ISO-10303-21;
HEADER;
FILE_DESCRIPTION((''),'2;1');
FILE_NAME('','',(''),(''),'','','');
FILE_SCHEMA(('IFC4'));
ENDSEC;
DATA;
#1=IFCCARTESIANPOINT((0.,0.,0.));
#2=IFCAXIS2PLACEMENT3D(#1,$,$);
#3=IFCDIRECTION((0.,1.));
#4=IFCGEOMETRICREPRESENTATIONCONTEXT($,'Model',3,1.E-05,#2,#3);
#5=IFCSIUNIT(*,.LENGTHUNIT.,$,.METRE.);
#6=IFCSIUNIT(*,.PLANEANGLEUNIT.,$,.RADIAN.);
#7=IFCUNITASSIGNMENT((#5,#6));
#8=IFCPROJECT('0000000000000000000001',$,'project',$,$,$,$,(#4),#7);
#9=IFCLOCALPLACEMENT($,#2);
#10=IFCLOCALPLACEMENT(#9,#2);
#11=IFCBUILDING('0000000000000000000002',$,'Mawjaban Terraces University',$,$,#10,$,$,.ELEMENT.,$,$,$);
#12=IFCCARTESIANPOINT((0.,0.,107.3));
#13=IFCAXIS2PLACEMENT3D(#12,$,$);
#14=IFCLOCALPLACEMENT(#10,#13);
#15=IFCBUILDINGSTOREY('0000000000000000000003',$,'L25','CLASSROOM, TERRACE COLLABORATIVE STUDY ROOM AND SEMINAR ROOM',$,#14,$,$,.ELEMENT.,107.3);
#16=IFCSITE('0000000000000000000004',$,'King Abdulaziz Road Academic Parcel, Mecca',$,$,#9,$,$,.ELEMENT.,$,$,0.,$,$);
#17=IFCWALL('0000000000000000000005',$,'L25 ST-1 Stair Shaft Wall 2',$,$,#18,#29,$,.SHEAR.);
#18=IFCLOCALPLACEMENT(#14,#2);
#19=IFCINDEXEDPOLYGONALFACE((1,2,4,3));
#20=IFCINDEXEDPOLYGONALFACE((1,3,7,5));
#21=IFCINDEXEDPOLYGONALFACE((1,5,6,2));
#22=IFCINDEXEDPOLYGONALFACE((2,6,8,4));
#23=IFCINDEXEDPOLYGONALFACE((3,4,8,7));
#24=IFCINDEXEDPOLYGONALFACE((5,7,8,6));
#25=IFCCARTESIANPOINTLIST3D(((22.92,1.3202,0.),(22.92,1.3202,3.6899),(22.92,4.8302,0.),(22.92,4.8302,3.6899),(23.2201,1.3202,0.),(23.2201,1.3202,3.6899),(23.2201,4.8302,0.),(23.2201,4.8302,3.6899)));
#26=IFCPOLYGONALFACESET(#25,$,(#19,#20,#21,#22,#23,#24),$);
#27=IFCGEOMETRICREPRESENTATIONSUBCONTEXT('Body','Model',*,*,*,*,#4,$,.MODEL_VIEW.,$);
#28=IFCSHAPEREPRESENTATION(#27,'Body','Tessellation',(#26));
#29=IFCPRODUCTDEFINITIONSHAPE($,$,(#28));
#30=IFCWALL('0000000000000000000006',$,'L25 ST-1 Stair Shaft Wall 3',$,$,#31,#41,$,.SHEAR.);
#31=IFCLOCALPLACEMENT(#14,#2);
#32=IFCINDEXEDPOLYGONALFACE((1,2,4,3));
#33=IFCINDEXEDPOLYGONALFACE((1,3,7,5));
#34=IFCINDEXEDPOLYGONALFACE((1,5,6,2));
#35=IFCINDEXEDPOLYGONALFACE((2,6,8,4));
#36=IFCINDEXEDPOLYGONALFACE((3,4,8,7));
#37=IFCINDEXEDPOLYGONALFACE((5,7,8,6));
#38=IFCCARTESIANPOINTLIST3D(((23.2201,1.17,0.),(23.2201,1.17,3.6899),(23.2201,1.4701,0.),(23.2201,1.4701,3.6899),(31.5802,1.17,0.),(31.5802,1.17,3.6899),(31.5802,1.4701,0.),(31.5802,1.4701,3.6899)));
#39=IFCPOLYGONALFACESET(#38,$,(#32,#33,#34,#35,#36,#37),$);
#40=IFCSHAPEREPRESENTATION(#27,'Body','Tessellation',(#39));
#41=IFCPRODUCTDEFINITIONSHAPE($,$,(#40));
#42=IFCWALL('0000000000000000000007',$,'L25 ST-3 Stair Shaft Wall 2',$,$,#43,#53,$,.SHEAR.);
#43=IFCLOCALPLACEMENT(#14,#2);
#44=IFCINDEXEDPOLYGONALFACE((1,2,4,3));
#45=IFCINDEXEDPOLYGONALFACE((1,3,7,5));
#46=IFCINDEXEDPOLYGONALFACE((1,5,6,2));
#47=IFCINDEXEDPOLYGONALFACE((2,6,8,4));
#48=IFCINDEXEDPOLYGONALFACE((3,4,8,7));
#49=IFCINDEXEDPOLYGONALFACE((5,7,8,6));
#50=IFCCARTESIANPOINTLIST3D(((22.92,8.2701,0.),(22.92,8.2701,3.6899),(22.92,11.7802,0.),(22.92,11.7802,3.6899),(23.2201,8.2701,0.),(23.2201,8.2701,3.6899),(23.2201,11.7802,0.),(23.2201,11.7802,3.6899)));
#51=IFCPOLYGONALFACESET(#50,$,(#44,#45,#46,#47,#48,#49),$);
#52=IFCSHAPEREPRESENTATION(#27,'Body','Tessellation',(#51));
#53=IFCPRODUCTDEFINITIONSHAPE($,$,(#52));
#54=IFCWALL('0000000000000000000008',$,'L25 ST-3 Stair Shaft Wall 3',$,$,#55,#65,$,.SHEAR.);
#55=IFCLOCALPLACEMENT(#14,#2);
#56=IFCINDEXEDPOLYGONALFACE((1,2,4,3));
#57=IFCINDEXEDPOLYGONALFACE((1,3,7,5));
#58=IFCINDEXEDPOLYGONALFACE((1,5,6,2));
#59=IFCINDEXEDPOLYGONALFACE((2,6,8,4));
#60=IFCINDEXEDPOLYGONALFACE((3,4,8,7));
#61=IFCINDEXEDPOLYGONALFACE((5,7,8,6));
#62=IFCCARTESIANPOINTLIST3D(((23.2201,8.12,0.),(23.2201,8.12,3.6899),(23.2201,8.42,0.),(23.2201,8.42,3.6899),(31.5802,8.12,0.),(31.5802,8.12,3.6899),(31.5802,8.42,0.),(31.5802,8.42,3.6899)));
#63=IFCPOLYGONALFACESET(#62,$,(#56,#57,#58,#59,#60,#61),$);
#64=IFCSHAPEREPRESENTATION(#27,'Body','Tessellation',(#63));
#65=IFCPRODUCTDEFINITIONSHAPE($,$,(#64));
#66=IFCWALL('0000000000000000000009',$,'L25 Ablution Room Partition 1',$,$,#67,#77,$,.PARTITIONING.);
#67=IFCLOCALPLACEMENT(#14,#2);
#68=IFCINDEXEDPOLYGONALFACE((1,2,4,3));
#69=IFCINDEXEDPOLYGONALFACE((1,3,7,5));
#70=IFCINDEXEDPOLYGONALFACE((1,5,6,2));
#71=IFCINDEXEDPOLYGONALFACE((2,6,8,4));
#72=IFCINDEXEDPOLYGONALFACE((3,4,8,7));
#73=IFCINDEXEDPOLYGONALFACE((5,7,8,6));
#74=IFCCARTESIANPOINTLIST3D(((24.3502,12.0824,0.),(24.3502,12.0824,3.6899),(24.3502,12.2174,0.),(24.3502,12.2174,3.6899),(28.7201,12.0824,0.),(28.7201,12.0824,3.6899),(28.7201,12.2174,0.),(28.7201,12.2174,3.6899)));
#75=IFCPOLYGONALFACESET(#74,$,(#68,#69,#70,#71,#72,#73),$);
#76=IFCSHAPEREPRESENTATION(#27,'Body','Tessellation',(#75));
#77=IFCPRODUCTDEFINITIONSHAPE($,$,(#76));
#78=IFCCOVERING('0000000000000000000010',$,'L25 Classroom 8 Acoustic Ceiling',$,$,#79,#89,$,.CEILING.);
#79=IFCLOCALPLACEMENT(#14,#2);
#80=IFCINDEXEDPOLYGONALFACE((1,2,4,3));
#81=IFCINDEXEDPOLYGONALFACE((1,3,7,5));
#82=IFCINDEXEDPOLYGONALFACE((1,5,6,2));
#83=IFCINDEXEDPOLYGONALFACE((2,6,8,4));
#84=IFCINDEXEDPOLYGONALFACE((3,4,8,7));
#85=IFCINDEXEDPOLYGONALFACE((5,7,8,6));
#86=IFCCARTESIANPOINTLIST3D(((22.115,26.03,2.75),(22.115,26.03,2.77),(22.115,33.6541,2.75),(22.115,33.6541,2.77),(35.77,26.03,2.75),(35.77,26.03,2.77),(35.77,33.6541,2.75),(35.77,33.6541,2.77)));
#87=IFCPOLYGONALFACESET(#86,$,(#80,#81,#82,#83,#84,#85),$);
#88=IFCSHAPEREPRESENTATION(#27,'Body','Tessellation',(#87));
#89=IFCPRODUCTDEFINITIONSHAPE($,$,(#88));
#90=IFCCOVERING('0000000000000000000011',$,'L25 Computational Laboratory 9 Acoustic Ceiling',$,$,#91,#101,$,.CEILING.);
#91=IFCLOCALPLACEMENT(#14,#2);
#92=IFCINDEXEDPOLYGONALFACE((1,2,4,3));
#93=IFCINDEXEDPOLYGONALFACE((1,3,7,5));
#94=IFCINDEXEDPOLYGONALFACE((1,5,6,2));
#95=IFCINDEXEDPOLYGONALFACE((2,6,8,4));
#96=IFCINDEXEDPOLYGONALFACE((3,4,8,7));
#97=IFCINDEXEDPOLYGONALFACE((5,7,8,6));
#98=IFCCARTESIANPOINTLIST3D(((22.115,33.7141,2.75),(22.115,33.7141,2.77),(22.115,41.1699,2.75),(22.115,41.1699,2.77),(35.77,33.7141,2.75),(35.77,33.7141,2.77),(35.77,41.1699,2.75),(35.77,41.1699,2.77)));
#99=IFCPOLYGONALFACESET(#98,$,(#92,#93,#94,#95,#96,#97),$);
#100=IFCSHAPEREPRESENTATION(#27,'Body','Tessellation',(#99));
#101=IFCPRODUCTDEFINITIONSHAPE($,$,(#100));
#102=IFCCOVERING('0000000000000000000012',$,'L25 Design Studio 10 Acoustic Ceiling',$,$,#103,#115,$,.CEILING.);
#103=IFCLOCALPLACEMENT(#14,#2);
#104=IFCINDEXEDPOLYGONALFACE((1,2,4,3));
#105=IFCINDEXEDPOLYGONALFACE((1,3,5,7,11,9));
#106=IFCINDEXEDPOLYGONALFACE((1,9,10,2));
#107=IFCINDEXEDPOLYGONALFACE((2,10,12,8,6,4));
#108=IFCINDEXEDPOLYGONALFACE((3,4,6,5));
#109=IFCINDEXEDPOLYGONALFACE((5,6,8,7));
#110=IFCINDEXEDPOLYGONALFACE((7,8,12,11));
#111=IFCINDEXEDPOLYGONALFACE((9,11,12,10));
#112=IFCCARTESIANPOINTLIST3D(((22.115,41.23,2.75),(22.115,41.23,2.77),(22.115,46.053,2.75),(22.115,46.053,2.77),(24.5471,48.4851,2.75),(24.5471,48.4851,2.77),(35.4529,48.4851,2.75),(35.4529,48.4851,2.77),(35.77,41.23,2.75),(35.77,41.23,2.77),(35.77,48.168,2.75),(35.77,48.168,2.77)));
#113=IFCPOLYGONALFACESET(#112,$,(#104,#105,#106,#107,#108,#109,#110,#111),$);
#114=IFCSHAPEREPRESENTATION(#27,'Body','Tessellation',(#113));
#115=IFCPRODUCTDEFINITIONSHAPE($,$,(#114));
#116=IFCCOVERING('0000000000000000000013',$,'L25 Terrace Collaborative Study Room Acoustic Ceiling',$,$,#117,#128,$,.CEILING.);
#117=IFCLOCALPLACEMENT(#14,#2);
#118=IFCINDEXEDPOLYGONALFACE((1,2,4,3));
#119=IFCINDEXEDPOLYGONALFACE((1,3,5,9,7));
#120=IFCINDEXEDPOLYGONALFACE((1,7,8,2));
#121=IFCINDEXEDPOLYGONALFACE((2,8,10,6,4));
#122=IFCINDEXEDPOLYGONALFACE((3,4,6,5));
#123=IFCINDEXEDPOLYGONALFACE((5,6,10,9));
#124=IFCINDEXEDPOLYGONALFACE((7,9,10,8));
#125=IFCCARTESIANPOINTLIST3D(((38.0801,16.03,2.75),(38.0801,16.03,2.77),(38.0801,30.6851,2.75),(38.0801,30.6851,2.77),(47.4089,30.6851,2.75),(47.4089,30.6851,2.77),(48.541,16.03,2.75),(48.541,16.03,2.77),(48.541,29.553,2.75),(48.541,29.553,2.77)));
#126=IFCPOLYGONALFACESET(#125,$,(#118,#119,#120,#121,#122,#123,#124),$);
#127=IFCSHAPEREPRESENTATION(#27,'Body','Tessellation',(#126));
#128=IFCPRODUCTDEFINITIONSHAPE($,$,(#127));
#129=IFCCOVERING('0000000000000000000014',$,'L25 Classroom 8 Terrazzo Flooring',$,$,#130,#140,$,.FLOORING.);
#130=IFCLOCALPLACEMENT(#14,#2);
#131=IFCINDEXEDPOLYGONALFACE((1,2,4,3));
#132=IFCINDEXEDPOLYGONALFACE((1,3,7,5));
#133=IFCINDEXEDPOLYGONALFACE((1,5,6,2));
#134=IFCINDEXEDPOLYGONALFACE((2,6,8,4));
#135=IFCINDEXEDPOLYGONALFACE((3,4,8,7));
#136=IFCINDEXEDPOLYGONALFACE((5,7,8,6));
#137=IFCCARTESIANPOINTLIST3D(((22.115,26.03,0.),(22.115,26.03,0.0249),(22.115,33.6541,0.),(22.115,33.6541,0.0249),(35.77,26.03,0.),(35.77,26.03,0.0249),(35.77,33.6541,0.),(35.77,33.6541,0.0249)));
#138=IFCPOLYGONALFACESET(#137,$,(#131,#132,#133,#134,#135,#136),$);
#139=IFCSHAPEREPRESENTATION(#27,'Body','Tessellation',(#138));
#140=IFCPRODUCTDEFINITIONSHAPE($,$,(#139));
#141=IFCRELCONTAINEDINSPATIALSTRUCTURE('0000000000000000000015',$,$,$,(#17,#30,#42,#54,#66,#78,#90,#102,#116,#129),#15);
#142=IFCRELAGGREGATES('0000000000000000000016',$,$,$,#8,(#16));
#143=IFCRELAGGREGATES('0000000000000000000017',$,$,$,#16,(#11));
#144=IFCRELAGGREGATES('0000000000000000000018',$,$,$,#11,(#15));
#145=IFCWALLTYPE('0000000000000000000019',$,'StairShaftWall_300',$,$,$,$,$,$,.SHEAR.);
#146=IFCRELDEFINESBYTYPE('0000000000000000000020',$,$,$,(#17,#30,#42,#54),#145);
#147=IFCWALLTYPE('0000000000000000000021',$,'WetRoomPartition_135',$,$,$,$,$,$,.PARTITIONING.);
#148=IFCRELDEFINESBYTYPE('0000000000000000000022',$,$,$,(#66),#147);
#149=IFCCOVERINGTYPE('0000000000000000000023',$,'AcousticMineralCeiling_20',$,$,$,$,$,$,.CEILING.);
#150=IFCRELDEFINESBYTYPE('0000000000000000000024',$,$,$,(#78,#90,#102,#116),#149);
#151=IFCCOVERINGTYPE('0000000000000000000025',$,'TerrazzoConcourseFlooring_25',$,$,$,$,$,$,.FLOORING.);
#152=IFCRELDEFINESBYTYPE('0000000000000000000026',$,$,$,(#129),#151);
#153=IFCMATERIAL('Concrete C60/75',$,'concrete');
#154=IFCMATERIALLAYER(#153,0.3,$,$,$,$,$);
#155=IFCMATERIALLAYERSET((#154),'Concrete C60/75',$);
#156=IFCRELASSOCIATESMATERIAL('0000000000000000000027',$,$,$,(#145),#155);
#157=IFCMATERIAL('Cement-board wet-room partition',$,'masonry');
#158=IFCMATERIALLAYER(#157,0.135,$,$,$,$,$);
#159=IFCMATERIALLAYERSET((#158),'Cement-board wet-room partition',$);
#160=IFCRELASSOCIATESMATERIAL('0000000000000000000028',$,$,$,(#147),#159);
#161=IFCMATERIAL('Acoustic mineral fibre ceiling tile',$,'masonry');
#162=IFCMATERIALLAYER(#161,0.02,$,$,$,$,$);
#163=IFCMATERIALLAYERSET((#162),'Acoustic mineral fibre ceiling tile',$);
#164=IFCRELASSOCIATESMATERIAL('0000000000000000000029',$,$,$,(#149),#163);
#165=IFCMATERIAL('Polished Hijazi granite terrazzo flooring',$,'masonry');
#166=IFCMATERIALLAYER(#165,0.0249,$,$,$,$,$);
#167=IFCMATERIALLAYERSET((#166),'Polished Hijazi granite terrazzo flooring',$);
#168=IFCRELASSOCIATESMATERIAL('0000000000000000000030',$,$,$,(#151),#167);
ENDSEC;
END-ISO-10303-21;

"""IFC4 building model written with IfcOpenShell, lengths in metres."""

from ifc_helpers import new_model, si_unit, direction, frame, frame_2d, origin, place, context, subcontext, project, spatial, polyline, rectangle, outline, extrude, material, layer, layer_set, type_object, element, save


model = new_model("IFC4")

# Units and contexts
model_context = context("Model", 3, precision=1e-05, world=origin(), true_north=direction((0.0, 1.0)))
body_context = subcontext(model_context, "Body", "Model", "MODEL_VIEW")
ifc_project = project(units=[si_unit("LENGTHUNIT", "METRE"), si_unit("PLANEANGLEUNIT", "RADIAN")], contexts=[model_context])

# Site, building, storey
site_placement = place(None, origin())
site = spatial("IfcSite", under=ifc_project, at=site_placement, Name="King Abdulaziz Road Academic Parcel, Mecca", CompositionType="ELEMENT", RefElevation=0.0)
building_placement = place(site_placement, origin())
building = spatial("IfcBuilding", under=site, at=building_placement, Name="Mawjaban Terraces University", CompositionType="ELEMENT")
storey_placement = place(building_placement, frame((0.0, 0.0, 107.3)))
storey = spatial("IfcBuildingStorey", under=building, at=storey_placement, Name="L25", Description="CLASSROOM, TERRACE COLLABORATIVE STUDY ROOM AND SEMINAR ROOM", CompositionType="ELEMENT", Elevation=107.3)

# Shared definitions
ifc_material_1 = material(Name="Concrete C60/75", Category="concrete")

# Walls
ifc_layer_1 = layer(ifc_material_1, 0.3)
ifc_layer_set_1 = layer_set([ifc_layer_1], Name="Concrete C60/75")
wall_type_1 = type_object("IfcWallType", Name="StairShaftWall_300", PredefinedType="SHEAR", material=ifc_layer_set_1)
wall_1_placement = place(storey_placement, frame((23.0701, 4.8301, 0.0), z_axis=(0.0, 0.0, 1.0), x_axis=(0.0, -1.0, 0.0)))
element("IfcWall", 1, at=wall_1_placement, inside=storey, type_object=wall_type_1, Name="L25 ST-1 Stair Shaft Wall 2", PredefinedType="SHEAR", context=body_context, shape_type="SweptSolid", body=[
    extrude(rectangle(XDim=3.51, YDim=0.3, at=frame_2d((1.7549, 0.0))), origin(), (0.0, 0.0, 1.0), 3.6899),
])
wall_2_placement = place(storey_placement, frame((23.22, 1.3201, 0.0), z_axis=(0.0, 0.0, 1.0), x_axis=(1.0, 0.0, 0.0)))
element("IfcWall", 2, at=wall_2_placement, inside=storey, type_object=wall_type_1, Name="L25 ST-1 Stair Shaft Wall 3", PredefinedType="SHEAR", context=body_context, shape_type="SweptSolid", body=[
    extrude(rectangle(XDim=8.3601, YDim=0.3, at=frame_2d((4.1802, 0.0))), origin(), (0.0, 0.0, 1.0), 3.6899),
])
wall_3_placement = place(storey_placement, frame((23.0701, 11.78, 0.0), z_axis=(0.0, 0.0, 1.0), x_axis=(0.0, -1.0, 0.0)))
element("IfcWall", 3, at=wall_3_placement, inside=storey, type_object=wall_type_1, Name="L25 ST-3 Stair Shaft Wall 2", PredefinedType="SHEAR", context=body_context, shape_type="SweptSolid", body=[
    extrude(rectangle(XDim=3.51, YDim=0.3, at=frame_2d((1.7549, 0.0))), origin(), (0.0, 0.0, 1.0), 3.6899),
])
wall_4_placement = place(storey_placement, frame((23.22, 8.27, 0.0), z_axis=(0.0, 0.0, 1.0), x_axis=(1.0, 0.0, 0.0)))
element("IfcWall", 4, at=wall_4_placement, inside=storey, type_object=wall_type_1, Name="L25 ST-3 Stair Shaft Wall 3", PredefinedType="SHEAR", context=body_context, shape_type="SweptSolid", body=[
    extrude(rectangle(XDim=8.3601, YDim=0.3, at=frame_2d((4.1802, 0.0))), origin(), (0.0, 0.0, 1.0), 3.6899),
])
ifc_material_2 = material(Name="Cement-board wet-room partition", Category="masonry")
ifc_layer_2 = layer(ifc_material_2, 0.135)
ifc_layer_set_2 = layer_set([ifc_layer_2], Name="Cement-board wet-room partition")
wall_type_2 = type_object("IfcWallType", Name="WetRoomPartition_135", PredefinedType="PARTITIONING", material=ifc_layer_set_2)
wall_5_placement = place(storey_placement, frame((24.3501, 12.1499, 0.0), z_axis=(0.0, 0.0, 1.0), x_axis=(1.0, 0.0, 0.0)))
element("IfcWall", 5, at=wall_5_placement, inside=storey, type_object=wall_type_2, Name="L25 Ablution Room Partition 1", PredefinedType="PARTITIONING", context=body_context, shape_type="SweptSolid", body=[
    extrude(rectangle(XDim=4.3699, YDim=0.135, at=frame_2d((2.1851, 0.0))), origin(), (0.0, 0.0, 1.0), 3.6899),
])

# Coverings
ifc_material_3 = material(Name="Acoustic mineral fibre ceiling tile", Category="masonry")
ifc_layer_3 = layer(ifc_material_3, 0.02)
ifc_layer_set_3 = layer_set([ifc_layer_3], Name="Acoustic mineral fibre ceiling tile")
covering_type_1 = type_object("IfcCoveringType", Name="AcousticMineralCeiling_20", PredefinedType="CEILING", material=ifc_layer_set_3)
covering_1_placement = place(storey_placement, frame((0.0, 0.0, 2.75)))
element("IfcCovering", 6, at=covering_1_placement, inside=storey, type_object=covering_type_1, Name="L25 Classroom 8 Acoustic Ceiling", PredefinedType="CEILING", context=body_context, shape_type="SweptSolid", body=[
    extrude(outline(polyline([(22.115, 33.6541), (22.115, 26.03), (35.77, 26.03), (35.77, 33.6541), (22.115, 33.6541)])), origin(), (0.0, 0.0, 1.0), 0.02),
])
covering_2_placement = place(storey_placement, frame((0.0, 0.0, 2.75)))
element("IfcCovering", 7, at=covering_2_placement, inside=storey, type_object=covering_type_1, Name="L25 Computational Laboratory 9 Acoustic Ceiling", PredefinedType="CEILING", context=body_context, shape_type="SweptSolid", body=[
    extrude(outline(polyline([(22.115, 41.1699), (22.115, 33.7141), (35.77, 33.7141), (35.77, 41.1699), (22.115, 41.1699)])), origin(), (0.0, 0.0, 1.0), 0.02),
])
covering_3_placement = place(storey_placement, frame((0.0, 0.0, 2.75)))
element("IfcCovering", 8, at=covering_3_placement, inside=storey, type_object=covering_type_1, Name="L25 Design Studio 10 Acoustic Ceiling", PredefinedType="CEILING", context=body_context, shape_type="SweptSolid", body=[
    extrude(outline(polyline([(35.77, 48.168), (35.4529, 48.4851), (24.5471, 48.4851), (22.115, 46.053), (22.115, 41.23), (35.77, 41.23), (35.77, 48.168)])), origin(), (0.0, 0.0, 1.0), 0.02),
])
covering_4_placement = place(storey_placement, frame((0.0, 0.0, 2.75)))
element("IfcCovering", 9, at=covering_4_placement, inside=storey, type_object=covering_type_1, Name="L25 Terrace Collaborative Study Room Acoustic Ceiling", PredefinedType="CEILING", context=body_context, shape_type="SweptSolid", body=[
    extrude(outline(polyline([(48.541, 16.03), (48.541, 29.553), (47.4089, 30.6851), (38.0801, 30.6851), (38.0801, 16.03), (48.541, 16.03)])), origin(), (0.0, 0.0, 1.0), 0.02),
])
ifc_material_4 = material(Name="Polished Hijazi granite terrazzo flooring", Category="masonry")
ifc_layer_4 = layer(ifc_material_4, 0.0249)
ifc_layer_set_4 = layer_set([ifc_layer_4], Name="Polished Hijazi granite terrazzo flooring")
covering_type_2 = type_object("IfcCoveringType", Name="TerrazzoConcourseFlooring_25", PredefinedType="FLOORING", material=ifc_layer_set_4)
covering_5_placement = place(storey_placement, origin())
element("IfcCovering", 10, at=covering_5_placement, inside=storey, type_object=covering_type_2, Name="L25 Classroom 8 Terrazzo Flooring", PredefinedType="FLOORING", context=body_context, shape_type="SweptSolid", body=[
    extrude(outline(polyline([(22.115, 33.6541), (22.115, 26.03), (35.77, 26.03), (35.77, 33.6541), (22.115, 33.6541)])), origin(), (0.0, 0.0, 1.0), 0.0249),
])

save(model, "model.ifc")
